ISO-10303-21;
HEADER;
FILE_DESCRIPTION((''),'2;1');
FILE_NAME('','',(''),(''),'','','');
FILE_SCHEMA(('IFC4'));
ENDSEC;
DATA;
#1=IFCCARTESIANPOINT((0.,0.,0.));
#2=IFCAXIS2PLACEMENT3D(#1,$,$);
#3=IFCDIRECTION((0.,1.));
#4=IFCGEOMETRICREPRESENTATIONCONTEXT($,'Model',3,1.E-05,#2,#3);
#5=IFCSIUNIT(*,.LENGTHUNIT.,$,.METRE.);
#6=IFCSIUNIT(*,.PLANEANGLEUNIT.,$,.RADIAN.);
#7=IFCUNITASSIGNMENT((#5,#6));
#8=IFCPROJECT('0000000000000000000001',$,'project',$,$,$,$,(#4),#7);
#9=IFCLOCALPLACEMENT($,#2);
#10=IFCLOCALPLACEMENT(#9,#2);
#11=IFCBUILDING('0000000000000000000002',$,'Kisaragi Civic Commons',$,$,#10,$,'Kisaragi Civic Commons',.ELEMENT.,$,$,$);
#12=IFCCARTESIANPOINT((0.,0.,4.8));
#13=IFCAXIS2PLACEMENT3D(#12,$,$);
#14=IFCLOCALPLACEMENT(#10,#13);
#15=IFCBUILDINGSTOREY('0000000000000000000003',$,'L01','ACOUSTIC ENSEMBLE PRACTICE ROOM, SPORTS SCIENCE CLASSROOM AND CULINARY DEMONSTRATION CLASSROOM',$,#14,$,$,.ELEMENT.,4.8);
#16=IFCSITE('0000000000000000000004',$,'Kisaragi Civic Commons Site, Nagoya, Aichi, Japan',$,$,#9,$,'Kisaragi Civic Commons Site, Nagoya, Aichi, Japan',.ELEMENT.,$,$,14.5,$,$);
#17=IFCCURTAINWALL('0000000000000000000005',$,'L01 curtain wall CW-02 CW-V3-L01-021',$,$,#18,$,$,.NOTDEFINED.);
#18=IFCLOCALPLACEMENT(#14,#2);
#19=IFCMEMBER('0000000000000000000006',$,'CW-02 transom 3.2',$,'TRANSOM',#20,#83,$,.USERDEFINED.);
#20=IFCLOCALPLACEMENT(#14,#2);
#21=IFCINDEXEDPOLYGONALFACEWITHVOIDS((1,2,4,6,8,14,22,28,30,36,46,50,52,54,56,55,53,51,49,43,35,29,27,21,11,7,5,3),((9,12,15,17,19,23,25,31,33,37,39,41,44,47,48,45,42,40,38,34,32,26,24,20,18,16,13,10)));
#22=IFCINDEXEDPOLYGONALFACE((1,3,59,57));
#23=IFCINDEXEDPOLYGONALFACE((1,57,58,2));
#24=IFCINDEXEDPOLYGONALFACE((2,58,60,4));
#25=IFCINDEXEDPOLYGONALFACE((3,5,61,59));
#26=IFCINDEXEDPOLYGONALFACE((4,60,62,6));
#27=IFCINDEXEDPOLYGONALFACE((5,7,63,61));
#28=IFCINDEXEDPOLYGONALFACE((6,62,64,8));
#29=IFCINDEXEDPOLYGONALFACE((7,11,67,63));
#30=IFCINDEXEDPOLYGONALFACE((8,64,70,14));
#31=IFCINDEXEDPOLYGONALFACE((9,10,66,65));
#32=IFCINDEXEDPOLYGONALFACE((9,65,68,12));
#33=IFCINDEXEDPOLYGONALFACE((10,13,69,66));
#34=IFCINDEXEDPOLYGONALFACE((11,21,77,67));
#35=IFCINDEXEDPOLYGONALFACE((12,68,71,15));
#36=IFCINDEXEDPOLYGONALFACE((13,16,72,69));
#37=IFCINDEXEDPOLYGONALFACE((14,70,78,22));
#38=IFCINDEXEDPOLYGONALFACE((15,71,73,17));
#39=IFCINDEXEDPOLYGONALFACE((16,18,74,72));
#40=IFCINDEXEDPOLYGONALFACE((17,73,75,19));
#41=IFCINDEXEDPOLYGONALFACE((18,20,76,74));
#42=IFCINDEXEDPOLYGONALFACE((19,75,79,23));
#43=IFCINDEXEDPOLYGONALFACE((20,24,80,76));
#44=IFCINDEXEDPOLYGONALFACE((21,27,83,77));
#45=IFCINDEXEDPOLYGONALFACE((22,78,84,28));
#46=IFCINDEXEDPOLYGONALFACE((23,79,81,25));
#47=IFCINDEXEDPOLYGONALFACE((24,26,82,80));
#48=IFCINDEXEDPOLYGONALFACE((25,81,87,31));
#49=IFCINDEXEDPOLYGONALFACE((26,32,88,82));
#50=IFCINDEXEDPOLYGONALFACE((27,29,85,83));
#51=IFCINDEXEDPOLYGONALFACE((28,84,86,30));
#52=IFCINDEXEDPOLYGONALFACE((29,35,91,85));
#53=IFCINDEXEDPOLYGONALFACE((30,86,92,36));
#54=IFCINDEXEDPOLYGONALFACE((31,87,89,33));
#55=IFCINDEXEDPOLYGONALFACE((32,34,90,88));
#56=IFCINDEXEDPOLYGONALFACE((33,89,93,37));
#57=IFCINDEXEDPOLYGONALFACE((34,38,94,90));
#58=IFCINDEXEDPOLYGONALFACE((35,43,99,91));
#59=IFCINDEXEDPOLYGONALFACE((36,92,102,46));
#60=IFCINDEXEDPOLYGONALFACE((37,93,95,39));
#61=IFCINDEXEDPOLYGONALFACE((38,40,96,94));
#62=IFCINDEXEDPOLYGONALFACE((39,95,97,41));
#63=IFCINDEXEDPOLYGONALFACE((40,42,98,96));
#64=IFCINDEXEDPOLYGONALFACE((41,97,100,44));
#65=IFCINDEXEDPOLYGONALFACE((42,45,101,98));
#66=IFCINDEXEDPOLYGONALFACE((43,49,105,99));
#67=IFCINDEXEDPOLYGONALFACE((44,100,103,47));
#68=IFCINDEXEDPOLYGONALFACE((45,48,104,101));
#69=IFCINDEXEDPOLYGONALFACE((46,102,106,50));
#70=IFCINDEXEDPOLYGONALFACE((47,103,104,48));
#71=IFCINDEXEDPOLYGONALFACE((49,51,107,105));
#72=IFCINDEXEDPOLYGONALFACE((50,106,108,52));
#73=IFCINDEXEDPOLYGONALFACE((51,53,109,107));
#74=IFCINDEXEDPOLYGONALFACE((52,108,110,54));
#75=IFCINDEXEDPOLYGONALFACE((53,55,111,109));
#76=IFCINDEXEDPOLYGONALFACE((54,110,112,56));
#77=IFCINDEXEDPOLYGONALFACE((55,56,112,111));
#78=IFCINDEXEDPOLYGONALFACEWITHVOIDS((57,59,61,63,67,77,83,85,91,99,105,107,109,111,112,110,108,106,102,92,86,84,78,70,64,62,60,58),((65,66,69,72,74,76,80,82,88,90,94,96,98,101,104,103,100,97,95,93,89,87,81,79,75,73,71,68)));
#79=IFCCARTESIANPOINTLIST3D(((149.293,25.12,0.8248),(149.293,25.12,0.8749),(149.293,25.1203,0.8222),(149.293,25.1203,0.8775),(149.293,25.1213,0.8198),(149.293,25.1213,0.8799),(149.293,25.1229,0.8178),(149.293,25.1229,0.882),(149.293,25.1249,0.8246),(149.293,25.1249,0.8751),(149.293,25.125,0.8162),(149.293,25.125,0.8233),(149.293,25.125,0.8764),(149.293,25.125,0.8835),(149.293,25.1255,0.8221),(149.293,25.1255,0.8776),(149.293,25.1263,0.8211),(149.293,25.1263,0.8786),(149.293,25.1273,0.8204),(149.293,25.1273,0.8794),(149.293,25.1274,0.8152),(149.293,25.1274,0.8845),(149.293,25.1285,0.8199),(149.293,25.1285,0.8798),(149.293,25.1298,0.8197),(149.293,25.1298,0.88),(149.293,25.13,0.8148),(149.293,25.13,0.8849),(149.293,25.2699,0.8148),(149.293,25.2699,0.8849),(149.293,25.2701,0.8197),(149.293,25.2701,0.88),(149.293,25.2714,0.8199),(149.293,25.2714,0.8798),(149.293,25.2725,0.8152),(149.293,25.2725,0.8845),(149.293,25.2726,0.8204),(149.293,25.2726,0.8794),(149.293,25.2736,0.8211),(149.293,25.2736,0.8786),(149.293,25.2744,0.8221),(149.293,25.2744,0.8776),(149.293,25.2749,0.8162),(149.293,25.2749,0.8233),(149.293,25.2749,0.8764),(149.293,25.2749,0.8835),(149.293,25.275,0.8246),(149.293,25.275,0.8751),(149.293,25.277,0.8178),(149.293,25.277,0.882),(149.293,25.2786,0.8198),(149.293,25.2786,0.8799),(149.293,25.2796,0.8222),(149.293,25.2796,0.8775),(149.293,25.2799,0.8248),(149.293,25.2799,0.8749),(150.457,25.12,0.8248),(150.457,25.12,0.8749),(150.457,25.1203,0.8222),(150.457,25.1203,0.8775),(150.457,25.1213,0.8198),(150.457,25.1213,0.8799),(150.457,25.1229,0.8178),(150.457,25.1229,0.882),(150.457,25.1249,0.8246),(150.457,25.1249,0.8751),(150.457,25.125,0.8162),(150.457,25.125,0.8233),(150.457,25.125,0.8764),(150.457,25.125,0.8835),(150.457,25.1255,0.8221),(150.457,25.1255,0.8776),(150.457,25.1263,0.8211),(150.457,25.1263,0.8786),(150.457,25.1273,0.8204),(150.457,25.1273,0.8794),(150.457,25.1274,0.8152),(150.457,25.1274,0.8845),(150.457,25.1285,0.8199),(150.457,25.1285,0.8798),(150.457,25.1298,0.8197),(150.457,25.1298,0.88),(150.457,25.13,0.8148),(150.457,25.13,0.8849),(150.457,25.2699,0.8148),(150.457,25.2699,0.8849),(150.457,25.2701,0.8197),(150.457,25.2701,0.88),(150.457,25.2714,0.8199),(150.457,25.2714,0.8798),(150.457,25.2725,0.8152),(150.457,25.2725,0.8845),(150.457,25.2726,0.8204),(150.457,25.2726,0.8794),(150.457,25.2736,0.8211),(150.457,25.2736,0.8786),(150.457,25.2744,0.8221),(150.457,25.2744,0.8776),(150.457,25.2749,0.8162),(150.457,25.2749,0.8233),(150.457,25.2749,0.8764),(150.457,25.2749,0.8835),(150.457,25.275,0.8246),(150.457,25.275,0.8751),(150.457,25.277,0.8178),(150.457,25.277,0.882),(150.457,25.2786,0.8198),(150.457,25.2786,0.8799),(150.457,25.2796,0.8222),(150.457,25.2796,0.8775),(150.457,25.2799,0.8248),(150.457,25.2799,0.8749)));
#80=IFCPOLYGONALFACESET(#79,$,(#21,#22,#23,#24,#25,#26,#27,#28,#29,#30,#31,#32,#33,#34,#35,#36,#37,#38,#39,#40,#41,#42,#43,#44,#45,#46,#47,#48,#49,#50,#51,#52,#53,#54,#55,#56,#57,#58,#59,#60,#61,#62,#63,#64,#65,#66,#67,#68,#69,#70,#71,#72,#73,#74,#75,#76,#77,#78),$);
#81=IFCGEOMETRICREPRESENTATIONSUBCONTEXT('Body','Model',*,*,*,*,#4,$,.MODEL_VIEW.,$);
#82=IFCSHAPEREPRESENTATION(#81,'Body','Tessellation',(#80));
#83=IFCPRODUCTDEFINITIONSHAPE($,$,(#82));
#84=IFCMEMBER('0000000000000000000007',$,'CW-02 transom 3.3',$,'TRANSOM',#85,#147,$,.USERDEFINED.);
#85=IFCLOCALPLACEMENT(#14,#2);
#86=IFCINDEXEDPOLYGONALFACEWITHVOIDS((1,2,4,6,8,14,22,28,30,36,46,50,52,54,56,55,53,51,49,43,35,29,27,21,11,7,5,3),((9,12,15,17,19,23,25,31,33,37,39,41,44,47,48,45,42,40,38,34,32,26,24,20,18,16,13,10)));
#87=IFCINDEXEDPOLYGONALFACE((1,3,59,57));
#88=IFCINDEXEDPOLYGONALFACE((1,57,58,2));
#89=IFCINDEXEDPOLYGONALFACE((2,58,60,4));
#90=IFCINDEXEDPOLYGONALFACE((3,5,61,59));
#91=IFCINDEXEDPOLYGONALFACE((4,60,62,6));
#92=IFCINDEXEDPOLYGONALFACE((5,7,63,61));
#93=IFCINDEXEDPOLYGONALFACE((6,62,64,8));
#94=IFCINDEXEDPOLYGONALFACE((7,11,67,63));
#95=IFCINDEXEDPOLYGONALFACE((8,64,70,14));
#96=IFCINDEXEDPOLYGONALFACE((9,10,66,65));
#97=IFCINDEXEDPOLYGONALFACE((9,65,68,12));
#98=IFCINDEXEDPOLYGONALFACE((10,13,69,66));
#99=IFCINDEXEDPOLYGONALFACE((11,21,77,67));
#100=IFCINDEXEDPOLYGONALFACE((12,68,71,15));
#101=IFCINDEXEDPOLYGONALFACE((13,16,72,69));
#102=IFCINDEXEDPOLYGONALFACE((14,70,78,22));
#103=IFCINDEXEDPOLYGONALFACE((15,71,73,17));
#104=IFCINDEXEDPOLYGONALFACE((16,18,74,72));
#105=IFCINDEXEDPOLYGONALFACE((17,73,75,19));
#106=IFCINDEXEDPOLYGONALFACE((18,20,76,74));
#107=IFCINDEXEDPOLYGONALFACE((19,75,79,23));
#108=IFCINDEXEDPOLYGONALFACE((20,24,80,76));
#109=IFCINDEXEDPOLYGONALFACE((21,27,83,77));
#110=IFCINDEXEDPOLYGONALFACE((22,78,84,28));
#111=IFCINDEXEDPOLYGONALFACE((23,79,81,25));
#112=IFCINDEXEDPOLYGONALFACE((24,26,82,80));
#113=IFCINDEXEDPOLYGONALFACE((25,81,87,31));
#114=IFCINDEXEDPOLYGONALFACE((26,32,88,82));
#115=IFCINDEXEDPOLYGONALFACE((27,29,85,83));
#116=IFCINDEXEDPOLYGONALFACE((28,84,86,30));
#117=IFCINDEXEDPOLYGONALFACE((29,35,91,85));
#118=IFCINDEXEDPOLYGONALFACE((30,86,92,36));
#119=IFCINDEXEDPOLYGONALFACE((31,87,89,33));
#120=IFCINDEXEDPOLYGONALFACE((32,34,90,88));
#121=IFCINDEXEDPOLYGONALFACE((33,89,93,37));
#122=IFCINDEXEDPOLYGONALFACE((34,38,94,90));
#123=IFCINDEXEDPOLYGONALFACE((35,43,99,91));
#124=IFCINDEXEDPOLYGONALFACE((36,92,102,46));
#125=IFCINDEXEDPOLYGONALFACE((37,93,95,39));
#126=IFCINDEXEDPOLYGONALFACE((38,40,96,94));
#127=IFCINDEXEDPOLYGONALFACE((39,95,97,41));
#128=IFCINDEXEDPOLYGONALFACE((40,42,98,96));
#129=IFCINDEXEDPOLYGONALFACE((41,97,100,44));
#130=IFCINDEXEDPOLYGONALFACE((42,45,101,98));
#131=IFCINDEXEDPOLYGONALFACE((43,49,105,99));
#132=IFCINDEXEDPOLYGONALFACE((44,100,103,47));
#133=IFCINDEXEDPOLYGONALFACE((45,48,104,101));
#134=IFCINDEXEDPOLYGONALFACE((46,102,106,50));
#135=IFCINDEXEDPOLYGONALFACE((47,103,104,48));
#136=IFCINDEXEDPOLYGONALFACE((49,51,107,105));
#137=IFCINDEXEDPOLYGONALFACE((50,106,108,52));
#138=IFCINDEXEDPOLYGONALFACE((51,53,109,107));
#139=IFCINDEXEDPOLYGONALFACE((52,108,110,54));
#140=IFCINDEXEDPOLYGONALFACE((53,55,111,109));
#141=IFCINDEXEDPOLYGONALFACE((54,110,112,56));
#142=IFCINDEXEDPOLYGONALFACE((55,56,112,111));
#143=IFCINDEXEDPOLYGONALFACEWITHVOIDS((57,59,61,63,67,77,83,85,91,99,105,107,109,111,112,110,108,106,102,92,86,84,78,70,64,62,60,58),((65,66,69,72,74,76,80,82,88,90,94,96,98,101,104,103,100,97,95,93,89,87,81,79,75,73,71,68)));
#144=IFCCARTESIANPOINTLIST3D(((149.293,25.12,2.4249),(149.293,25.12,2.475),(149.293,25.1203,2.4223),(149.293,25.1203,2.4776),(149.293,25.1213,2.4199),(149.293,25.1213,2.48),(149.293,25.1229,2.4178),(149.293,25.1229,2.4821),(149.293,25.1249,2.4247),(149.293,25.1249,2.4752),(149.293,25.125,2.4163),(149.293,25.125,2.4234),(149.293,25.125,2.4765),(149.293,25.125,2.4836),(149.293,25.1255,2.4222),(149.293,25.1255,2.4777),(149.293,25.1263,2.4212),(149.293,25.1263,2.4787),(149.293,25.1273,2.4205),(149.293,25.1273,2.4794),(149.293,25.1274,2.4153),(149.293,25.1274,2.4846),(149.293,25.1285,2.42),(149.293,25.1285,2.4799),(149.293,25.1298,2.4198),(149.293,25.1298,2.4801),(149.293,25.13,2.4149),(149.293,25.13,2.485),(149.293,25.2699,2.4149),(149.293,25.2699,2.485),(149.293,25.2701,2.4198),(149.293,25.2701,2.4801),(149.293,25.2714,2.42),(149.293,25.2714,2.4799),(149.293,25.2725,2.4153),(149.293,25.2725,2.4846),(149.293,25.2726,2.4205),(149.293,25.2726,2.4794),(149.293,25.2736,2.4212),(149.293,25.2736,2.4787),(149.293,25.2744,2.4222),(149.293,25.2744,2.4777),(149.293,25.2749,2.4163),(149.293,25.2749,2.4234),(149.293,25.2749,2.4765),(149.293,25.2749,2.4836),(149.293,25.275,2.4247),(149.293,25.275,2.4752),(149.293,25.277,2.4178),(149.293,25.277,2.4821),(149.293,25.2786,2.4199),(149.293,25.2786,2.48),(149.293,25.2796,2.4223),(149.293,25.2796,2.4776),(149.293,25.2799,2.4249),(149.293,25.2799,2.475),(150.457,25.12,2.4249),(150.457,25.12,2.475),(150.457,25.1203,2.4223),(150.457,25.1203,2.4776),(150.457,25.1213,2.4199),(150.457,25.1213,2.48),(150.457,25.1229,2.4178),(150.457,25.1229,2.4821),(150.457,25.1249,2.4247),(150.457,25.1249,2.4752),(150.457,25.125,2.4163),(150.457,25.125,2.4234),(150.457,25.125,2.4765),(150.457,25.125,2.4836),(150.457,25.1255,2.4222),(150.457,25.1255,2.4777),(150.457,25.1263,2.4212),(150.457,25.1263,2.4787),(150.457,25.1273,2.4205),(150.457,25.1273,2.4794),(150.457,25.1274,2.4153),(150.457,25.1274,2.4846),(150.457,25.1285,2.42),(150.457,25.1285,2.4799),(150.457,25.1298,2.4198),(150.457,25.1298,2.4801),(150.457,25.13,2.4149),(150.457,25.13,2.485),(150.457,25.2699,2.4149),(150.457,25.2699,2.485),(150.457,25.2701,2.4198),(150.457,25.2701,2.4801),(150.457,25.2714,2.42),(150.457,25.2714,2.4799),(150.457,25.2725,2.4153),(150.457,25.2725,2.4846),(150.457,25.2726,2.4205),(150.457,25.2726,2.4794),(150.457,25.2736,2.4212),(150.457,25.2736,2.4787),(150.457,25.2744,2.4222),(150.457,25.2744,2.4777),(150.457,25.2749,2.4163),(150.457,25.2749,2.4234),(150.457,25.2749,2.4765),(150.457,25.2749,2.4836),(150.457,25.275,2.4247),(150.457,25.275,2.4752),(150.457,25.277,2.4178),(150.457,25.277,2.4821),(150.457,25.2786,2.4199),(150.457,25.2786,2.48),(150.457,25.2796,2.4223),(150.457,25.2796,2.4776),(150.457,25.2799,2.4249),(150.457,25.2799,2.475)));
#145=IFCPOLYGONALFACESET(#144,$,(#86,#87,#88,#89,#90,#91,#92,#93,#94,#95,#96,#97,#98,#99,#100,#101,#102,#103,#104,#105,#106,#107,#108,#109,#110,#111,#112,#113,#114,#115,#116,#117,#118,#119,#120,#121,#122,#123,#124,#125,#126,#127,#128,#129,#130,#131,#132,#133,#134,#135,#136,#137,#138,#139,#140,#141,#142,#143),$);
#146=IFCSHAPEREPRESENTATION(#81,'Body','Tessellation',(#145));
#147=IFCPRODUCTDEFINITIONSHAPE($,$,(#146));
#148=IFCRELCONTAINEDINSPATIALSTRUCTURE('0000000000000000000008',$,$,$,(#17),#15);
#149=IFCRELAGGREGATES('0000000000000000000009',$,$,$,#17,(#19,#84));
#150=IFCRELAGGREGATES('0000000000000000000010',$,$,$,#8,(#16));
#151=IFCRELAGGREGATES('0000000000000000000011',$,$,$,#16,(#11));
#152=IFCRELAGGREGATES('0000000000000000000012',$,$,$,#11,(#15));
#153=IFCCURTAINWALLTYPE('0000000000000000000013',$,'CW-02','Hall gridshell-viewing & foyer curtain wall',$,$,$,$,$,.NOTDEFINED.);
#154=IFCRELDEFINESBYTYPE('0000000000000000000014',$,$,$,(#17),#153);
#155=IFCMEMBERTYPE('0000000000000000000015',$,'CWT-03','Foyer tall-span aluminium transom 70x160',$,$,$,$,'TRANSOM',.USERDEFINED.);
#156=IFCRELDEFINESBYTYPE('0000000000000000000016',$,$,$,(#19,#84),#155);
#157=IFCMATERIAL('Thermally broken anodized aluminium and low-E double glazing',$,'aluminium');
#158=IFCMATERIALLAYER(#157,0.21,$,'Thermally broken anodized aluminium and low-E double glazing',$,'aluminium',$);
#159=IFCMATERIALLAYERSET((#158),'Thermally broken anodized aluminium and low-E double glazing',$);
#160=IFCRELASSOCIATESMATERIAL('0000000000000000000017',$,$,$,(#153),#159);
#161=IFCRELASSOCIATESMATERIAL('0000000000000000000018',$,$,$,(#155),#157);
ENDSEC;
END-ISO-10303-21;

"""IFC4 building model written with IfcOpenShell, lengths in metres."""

from ifc_helpers import new_model, si_unit, direction, frame, origin, origin_2d, place, context, subcontext, project, spatial, hollow_rectangle, extrude, material, layer, layer_set, material_profile, profile_set, type_object, element, aggregate, save


model = new_model("IFC4")

# Units and contexts
model_context = context("Model", 3, precision=1e-05, world=origin(), true_north=direction((0.0, 1.0)))
body_context = subcontext(model_context, "Body", "Model", "MODEL_VIEW")
ifc_project = project(units=[si_unit("LENGTHUNIT", "METRE"), si_unit("PLANEANGLEUNIT", "RADIAN")], contexts=[model_context])

# Site, building, storey
site_placement = place(None, origin())
site = spatial("IfcSite", under=ifc_project, at=site_placement, Name="Kisaragi Civic Commons Site, Nagoya, Aichi, Japan", LongName="Kisaragi Civic Commons Site, Nagoya, Aichi, Japan", CompositionType="ELEMENT", RefElevation=14.5)
building_placement = place(site_placement, origin())
building = spatial("IfcBuilding", under=site, at=building_placement, Name="Kisaragi Civic Commons", LongName="Kisaragi Civic Commons", CompositionType="ELEMENT")
storey_placement = place(building_placement, frame((0.0, 0.0, 4.8)))
storey = spatial("IfcBuildingStorey", under=building, at=storey_placement, Name="L01", Description="ACOUSTIC ENSEMBLE PRACTICE ROOM, SPORTS SCIENCE CLASSROOM AND CULINARY DEMONSTRATION CLASSROOM", CompositionType="ELEMENT", Elevation=4.8)

# Curtain wall, members
ifc_material_1 = material(Name="Thermally broken anodized aluminium and low-E double glazing", Category="aluminium")
ifc_layer_1 = layer(ifc_material_1, 0.21, Name="Thermally broken anodized aluminium and low-E double glazing", Category="aluminium")
ifc_layer_set_1 = layer_set([ifc_layer_1], Name="Thermally broken anodized aluminium and low-E double glazing")
curtain_wall_type = type_object("IfcCurtainWallType", Name="CW-02", Description="Hall gridshell-viewing & foyer curtain wall", PredefinedType="NOTDEFINED", material=ifc_layer_set_1)
curtain_wall_placement = place(storey_placement, origin())
curtain_wall = element("IfcCurtainWall", 1, at=curtain_wall_placement, inside=storey, type_object=curtain_wall_type, Name="L01 curtain wall CW-02 CW-V3-L01-021", PredefinedType="NOTDEFINED")
ifc_material_profile_1 = material_profile(ifc_material_1, hollow_rectangle(XDim=0.1599, YDim=0.0701, WallThickness=0.0049, InnerFilletRadius=0.0049, OuterFilletRadius=0.01, at=origin_2d()), Name="CWT-70x160x5", Category="aluminium")
ifc_profile_set_1 = profile_set([ifc_material_profile_1], Name="Thermally broken anodized aluminium and low-E double glazing")
member_type_1 = type_object("IfcMemberType", Name="CWT-03", Description="Foyer tall-span aluminium transom 70x160", ElementType="TRANSOM", PredefinedType="USERDEFINED", material=ifc_profile_set_1)
member_1_placement = place(storey_placement, frame((149.293, 25.2, 0.8499), z_axis=(1.0, 0.0, 0.0), x_axis=(0.0, 1.0, 0.0)))
member_1 = element("IfcMember", 2, at=member_1_placement, type_object=member_type_1, Name="CW-02 transom 3.2", ObjectType="TRANSOM", PredefinedType="USERDEFINED", context=body_context, shape_type="SweptSolid", body=[
    extrude(hollow_rectangle(XDim=0.1599, YDim=0.0701, WallThickness=0.0049, InnerFilletRadius=0.0049, OuterFilletRadius=0.01, at=origin_2d()), origin(), (0.0, 0.0, 1.0), 1.1641),
])
member_2_placement = place(storey_placement, frame((149.293, 25.2, 2.45), z_axis=(1.0, 0.0, 0.0), x_axis=(0.0, 1.0, 0.0)))
member_2 = element("IfcMember", 3, at=member_2_placement, type_object=member_type_1, Name="CW-02 transom 3.3", ObjectType="TRANSOM", PredefinedType="USERDEFINED", context=body_context, shape_type="SweptSolid", body=[
    extrude(hollow_rectangle(XDim=0.1599, YDim=0.0701, WallThickness=0.0049, InnerFilletRadius=0.0049, OuterFilletRadius=0.01, at=origin_2d()), origin(), (0.0, 0.0, 1.0), 1.1641),
])

aggregate(curtain_wall, [member_1, member_2])

save(model, "model.ifc")
